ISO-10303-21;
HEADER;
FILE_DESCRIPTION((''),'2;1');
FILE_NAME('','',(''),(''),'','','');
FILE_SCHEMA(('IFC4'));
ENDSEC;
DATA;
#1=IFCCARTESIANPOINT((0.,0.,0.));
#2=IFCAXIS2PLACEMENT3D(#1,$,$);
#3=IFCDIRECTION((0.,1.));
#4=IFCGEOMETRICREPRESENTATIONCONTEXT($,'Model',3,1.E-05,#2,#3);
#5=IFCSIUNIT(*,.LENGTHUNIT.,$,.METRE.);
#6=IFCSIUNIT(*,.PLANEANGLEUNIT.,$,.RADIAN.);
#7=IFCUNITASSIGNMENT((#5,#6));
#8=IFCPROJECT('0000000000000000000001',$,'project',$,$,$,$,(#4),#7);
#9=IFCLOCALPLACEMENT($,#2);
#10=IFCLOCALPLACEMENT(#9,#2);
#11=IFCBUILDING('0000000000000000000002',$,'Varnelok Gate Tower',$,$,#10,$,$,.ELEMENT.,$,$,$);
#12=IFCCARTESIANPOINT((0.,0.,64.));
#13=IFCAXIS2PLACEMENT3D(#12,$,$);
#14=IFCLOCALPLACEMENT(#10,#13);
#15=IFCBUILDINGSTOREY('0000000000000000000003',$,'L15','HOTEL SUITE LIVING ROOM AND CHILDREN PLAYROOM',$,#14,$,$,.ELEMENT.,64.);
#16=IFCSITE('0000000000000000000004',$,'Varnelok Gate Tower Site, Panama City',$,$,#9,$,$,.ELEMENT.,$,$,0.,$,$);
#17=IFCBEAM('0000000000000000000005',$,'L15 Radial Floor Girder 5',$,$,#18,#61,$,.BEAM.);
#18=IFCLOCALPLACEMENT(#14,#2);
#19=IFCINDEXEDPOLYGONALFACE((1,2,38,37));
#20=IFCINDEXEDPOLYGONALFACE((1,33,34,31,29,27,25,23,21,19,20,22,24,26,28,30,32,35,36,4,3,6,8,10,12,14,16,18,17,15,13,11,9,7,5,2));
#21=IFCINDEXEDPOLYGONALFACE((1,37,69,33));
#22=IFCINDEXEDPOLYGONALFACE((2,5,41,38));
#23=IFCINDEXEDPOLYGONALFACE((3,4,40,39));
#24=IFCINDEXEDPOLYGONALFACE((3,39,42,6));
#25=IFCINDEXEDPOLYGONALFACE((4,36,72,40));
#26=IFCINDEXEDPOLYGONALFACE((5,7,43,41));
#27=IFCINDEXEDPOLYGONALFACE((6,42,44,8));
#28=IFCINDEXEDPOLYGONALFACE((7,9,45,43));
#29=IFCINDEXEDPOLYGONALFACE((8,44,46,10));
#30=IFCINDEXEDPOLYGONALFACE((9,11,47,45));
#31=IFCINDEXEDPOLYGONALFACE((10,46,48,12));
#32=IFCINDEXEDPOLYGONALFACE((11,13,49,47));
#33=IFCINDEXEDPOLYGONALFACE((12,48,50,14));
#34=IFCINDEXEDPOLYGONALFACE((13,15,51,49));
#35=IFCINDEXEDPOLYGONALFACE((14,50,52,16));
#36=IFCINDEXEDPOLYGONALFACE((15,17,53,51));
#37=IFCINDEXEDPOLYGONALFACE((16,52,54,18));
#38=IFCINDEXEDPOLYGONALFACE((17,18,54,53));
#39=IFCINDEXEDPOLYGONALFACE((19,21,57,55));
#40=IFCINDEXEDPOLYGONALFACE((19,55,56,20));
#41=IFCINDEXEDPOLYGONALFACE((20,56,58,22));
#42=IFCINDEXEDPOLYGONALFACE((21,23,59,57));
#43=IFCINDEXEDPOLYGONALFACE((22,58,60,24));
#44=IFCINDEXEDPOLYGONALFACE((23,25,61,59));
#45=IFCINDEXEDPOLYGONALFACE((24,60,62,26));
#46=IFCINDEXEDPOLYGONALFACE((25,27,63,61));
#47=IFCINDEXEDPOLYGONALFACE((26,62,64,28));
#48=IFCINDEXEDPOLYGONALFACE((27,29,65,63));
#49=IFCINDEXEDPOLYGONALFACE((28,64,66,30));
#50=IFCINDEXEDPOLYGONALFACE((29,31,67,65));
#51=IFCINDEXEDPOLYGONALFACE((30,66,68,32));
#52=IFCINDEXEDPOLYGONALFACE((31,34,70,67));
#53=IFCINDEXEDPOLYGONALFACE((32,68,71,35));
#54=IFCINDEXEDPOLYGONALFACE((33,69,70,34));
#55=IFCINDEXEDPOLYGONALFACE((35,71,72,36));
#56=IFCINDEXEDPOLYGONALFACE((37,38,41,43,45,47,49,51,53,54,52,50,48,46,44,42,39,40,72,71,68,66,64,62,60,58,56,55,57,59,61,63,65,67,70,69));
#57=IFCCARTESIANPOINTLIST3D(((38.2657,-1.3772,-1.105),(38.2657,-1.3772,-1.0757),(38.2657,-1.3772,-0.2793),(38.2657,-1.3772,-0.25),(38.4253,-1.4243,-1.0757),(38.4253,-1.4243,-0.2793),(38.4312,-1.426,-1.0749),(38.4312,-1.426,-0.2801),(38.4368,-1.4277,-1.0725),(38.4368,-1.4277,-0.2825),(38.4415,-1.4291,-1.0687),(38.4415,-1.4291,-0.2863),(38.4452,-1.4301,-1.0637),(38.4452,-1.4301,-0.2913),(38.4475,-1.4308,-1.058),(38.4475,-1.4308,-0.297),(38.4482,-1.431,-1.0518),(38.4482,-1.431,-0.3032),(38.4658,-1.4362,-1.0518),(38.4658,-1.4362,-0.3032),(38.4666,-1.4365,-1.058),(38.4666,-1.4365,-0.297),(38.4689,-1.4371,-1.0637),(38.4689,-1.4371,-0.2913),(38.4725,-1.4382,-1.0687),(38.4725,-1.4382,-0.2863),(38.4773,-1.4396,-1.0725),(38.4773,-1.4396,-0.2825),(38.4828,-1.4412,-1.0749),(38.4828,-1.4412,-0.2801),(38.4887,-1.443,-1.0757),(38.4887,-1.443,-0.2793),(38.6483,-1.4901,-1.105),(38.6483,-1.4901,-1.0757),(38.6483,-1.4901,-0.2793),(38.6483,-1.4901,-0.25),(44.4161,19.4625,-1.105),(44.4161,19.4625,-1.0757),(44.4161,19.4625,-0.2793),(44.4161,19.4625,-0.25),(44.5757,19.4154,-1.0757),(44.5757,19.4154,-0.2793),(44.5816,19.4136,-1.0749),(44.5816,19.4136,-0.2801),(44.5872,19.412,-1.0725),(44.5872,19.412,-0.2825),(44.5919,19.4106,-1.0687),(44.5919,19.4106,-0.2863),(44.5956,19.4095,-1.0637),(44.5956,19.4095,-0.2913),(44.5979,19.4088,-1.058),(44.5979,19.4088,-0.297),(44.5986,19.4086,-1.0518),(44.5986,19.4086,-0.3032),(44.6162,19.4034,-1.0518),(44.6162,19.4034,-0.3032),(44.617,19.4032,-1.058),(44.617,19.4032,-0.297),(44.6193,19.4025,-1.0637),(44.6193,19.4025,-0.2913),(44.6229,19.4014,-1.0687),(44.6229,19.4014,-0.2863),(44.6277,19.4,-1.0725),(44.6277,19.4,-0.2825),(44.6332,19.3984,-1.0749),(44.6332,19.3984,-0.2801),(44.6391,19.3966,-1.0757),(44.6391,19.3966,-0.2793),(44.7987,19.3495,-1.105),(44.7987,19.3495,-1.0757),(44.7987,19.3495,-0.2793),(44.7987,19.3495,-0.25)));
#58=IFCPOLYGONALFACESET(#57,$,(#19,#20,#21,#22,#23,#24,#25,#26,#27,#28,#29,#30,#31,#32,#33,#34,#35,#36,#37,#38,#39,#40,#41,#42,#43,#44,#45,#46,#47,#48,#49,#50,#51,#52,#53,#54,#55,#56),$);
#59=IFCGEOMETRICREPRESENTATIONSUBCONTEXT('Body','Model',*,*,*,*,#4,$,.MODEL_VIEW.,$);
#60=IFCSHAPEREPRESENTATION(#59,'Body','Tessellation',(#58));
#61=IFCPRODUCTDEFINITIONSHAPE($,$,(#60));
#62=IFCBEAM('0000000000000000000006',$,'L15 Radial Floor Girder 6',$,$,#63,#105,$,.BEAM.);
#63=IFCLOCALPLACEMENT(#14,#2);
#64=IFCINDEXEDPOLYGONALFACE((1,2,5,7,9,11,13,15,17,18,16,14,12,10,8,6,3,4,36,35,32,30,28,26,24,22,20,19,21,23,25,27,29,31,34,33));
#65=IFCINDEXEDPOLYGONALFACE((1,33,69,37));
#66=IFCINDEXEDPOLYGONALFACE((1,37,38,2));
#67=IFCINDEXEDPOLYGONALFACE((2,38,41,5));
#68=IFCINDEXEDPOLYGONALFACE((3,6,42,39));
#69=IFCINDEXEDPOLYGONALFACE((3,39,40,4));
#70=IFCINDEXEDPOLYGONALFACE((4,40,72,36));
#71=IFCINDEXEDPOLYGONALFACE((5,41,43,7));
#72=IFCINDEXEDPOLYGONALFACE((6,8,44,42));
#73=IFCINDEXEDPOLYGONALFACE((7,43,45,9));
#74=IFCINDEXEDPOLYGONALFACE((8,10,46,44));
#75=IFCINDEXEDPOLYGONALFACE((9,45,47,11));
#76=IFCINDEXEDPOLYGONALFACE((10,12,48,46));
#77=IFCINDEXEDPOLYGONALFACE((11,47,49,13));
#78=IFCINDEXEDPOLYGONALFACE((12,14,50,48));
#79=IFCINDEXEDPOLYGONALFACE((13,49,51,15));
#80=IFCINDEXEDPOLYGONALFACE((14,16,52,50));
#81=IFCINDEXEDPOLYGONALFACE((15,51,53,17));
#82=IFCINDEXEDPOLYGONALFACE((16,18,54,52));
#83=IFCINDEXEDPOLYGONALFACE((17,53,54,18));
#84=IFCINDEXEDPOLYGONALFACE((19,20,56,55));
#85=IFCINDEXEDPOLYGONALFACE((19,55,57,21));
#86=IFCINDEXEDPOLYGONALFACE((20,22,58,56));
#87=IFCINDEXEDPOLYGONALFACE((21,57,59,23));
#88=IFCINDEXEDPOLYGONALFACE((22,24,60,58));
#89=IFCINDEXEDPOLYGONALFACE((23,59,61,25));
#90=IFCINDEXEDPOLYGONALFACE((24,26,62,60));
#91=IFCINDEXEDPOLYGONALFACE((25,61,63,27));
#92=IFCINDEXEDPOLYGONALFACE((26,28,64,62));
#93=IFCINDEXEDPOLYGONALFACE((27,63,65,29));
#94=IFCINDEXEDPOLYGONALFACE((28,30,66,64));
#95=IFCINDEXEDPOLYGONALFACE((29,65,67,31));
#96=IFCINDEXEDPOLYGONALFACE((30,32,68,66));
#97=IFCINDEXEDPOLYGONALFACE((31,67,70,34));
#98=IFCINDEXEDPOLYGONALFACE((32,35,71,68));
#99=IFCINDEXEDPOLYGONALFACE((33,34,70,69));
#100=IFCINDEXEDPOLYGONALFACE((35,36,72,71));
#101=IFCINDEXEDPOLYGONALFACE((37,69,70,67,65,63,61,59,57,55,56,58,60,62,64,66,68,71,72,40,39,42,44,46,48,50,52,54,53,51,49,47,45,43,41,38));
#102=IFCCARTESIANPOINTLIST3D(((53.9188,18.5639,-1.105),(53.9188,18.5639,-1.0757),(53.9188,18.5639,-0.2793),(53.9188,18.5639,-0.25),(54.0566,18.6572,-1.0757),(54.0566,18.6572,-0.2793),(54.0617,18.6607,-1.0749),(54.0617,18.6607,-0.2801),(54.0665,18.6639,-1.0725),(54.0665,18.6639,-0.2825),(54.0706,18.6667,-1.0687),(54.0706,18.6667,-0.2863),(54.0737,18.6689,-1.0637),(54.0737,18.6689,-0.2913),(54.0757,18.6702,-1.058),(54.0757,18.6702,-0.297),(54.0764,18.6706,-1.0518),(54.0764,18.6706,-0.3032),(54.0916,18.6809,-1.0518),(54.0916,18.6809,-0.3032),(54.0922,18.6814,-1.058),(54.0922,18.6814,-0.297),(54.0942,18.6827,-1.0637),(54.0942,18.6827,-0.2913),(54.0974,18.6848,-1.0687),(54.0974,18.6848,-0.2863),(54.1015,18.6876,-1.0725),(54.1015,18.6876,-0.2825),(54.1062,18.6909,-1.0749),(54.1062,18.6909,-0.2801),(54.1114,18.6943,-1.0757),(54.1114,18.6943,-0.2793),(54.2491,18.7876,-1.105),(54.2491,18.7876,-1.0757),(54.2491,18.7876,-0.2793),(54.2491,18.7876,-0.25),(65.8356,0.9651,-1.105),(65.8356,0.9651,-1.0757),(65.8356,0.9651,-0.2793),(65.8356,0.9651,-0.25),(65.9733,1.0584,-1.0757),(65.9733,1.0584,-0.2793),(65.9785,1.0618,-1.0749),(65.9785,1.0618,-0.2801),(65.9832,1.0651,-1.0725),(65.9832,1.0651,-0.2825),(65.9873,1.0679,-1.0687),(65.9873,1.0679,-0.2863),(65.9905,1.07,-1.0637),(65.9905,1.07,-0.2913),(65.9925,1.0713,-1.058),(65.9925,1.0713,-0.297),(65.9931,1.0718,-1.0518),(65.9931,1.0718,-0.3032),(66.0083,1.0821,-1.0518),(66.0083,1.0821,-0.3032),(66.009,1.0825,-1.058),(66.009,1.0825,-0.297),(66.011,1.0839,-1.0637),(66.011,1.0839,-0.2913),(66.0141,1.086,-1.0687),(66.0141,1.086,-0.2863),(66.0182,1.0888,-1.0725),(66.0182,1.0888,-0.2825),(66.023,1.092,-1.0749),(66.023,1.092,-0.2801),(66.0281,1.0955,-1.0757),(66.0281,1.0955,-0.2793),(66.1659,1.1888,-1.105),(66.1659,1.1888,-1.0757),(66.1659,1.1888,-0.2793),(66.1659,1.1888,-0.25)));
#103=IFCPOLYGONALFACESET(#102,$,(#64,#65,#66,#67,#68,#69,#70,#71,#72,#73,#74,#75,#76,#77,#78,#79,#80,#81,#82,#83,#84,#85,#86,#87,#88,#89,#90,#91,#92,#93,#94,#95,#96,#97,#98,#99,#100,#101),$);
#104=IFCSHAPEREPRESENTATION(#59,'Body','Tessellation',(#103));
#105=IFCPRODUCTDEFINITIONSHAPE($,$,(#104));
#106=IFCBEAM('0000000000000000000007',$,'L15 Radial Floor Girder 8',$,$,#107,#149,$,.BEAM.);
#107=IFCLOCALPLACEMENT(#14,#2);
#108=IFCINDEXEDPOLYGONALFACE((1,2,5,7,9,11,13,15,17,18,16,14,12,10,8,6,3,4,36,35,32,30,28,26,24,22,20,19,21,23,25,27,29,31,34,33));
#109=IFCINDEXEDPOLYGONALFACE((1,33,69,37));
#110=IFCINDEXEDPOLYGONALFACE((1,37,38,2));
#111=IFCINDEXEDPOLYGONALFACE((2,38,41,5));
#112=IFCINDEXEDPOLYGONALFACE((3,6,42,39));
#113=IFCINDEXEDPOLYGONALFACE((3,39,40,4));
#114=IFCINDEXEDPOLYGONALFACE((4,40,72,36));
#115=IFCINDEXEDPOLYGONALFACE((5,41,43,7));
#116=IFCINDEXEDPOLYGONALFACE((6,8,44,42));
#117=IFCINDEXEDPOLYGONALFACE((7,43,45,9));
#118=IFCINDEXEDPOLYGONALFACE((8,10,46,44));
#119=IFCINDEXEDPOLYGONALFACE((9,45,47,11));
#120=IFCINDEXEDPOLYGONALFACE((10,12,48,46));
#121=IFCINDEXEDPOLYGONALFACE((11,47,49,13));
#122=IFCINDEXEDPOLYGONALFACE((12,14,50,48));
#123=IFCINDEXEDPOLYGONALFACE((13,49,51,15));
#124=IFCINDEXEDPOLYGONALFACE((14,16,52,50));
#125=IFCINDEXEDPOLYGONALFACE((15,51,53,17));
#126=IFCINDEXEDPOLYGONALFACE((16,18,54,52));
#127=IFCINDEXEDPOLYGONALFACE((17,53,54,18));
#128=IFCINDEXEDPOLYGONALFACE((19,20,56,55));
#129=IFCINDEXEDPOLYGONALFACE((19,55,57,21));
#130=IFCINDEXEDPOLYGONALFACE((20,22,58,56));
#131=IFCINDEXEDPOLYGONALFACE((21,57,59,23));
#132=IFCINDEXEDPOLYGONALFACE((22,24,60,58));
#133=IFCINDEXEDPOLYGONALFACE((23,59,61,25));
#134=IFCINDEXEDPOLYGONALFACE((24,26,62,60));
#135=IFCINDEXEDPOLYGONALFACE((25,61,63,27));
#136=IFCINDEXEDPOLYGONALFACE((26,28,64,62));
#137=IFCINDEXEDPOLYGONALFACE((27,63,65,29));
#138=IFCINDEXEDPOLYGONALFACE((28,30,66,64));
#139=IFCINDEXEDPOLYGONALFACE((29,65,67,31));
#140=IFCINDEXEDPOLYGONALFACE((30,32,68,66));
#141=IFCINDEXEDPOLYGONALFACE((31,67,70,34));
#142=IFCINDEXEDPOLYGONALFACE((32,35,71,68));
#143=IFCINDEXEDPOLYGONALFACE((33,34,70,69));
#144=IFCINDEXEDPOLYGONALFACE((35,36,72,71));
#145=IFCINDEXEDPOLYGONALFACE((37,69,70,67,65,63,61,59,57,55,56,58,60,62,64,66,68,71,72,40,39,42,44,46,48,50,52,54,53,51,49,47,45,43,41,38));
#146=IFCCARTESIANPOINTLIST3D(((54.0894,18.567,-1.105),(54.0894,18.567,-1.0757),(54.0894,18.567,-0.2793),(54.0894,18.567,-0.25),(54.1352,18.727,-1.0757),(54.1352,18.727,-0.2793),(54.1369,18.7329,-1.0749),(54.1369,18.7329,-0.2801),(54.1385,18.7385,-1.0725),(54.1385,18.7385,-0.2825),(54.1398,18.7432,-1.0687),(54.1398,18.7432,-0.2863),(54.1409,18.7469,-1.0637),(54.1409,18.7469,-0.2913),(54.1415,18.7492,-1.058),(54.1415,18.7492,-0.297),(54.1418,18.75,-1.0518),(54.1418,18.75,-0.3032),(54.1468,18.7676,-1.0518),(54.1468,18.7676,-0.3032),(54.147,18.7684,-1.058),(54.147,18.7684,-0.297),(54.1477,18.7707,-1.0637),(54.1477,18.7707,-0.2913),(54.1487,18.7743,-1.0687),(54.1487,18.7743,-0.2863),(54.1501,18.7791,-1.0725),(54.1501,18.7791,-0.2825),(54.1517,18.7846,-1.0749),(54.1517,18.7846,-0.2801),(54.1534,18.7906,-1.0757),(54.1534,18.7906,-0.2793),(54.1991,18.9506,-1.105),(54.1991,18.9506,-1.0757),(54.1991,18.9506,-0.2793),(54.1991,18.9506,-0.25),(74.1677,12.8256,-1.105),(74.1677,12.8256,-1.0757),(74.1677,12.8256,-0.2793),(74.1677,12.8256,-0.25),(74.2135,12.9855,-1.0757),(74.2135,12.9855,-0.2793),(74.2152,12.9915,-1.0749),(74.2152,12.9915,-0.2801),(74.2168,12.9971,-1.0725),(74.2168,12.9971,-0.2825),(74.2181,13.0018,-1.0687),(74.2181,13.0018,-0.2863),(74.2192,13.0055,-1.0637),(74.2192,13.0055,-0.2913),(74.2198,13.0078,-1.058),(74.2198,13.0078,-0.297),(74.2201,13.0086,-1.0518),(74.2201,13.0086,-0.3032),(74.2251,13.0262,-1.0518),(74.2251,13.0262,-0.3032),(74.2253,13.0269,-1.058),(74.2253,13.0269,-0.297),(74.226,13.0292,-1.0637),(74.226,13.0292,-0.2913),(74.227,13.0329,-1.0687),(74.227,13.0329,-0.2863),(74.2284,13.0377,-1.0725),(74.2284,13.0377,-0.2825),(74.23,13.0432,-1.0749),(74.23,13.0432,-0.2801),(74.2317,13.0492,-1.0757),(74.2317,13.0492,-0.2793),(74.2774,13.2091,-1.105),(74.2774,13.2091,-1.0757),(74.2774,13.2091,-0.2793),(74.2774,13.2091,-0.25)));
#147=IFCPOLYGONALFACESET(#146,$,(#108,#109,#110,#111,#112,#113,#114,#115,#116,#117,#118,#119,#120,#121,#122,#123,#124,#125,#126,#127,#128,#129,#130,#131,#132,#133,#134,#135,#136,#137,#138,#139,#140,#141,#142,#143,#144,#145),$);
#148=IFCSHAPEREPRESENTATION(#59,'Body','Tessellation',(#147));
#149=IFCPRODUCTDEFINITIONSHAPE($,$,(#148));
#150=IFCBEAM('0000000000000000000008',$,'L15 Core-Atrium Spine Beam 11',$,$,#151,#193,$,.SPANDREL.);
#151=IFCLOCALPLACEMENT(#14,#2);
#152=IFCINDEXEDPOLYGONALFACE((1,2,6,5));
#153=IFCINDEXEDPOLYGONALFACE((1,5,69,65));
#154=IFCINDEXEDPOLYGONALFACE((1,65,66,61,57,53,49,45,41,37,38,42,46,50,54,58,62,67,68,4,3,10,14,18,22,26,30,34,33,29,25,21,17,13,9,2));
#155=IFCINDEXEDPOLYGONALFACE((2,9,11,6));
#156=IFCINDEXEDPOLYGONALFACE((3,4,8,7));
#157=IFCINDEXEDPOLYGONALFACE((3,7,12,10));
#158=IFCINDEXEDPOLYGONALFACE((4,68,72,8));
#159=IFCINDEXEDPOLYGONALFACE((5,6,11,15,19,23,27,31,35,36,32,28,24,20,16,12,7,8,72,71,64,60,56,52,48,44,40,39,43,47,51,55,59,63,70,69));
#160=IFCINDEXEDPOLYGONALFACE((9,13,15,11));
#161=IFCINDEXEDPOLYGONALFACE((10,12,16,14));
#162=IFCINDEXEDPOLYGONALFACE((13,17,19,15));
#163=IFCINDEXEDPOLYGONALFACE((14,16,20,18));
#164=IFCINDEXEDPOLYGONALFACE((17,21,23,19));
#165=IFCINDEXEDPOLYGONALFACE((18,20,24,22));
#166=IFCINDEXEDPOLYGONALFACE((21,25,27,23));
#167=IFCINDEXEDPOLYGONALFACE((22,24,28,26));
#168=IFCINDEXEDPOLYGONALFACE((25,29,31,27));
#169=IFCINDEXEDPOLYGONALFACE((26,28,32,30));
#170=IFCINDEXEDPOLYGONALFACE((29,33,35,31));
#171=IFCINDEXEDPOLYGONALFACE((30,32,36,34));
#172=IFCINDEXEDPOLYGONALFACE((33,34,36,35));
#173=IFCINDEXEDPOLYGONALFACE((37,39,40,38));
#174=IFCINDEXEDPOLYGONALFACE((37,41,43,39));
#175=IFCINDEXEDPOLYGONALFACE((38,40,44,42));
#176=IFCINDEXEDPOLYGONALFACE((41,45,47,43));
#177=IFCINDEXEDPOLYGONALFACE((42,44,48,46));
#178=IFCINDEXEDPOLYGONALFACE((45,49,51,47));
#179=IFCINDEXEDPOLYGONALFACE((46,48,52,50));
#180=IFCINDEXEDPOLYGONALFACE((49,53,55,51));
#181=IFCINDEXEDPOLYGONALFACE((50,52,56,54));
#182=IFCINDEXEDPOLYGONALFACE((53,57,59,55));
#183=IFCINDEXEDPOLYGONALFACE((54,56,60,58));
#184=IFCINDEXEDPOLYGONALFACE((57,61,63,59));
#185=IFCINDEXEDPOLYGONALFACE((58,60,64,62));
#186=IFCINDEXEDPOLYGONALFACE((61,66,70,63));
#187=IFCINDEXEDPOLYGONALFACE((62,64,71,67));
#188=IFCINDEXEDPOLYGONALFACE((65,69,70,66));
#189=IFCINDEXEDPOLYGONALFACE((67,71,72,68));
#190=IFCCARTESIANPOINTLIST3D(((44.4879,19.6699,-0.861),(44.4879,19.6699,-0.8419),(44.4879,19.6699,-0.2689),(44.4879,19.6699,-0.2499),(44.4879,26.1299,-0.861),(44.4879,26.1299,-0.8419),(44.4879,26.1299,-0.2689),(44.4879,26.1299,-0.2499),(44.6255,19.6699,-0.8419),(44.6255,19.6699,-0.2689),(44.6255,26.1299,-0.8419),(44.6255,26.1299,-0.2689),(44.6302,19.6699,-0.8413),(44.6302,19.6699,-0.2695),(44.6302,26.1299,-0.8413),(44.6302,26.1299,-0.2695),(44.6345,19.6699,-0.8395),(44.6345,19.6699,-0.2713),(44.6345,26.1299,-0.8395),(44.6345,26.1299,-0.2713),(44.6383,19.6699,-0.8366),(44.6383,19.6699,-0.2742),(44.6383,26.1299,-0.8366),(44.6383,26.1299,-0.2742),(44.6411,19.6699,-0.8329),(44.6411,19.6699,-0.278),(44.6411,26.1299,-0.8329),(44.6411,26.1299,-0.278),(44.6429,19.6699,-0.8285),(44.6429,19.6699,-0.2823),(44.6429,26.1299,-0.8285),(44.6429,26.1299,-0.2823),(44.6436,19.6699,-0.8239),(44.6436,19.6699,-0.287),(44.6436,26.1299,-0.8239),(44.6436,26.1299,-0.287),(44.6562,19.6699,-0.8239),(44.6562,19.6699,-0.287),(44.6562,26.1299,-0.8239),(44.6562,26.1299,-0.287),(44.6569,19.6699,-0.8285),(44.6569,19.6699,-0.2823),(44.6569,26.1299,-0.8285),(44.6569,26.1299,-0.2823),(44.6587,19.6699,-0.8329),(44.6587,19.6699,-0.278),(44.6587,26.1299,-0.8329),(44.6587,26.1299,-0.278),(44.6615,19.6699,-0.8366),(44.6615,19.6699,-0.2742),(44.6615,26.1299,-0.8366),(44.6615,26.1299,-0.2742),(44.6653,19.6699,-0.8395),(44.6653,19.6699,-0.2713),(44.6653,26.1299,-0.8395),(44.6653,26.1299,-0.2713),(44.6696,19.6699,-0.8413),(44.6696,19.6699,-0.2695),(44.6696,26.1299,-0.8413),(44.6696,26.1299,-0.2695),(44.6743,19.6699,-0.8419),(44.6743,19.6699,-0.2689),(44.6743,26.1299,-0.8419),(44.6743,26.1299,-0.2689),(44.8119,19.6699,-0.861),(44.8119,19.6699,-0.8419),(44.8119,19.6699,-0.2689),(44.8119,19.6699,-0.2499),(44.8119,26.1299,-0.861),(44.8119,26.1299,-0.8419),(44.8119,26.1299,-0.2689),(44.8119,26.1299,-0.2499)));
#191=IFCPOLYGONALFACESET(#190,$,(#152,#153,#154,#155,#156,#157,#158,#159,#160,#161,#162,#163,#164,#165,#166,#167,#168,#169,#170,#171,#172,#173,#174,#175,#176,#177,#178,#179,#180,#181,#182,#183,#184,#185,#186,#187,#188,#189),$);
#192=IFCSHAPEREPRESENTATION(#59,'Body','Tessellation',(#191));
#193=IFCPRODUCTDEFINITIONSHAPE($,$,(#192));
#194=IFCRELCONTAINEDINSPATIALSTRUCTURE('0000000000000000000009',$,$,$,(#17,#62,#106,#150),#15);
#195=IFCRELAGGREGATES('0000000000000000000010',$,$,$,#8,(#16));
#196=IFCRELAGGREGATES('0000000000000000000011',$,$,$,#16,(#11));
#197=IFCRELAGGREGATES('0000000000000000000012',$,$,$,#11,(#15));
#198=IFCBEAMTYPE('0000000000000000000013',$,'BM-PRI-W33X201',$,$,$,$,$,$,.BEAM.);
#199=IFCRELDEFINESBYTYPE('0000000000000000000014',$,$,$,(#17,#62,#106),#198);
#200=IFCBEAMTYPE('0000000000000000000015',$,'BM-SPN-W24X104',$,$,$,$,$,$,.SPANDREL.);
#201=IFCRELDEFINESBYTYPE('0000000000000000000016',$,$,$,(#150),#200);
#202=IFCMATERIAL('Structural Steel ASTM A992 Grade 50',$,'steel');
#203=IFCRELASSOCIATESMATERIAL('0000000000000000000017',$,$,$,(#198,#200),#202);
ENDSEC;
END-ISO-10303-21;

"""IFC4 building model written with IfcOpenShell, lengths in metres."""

from ifc_helpers import new_model, si_unit, direction, frame, origin, origin_2d, place, context, subcontext, project, spatial, i_section, extrude, material, material_profile, profile_set, type_object, element, save


model = new_model("IFC4")

# Units and contexts
model_context = context("Model", 3, precision=1e-05, world=origin(), true_north=direction((0.0, 1.0)))
body_context = subcontext(model_context, "Body", "Model", "MODEL_VIEW")
ifc_project = project(units=[si_unit("LENGTHUNIT", "METRE"), si_unit("PLANEANGLEUNIT", "RADIAN")], contexts=[model_context])

# Site, building, storey
site_placement = place(None, origin())
site = spatial("IfcSite", under=ifc_project, at=site_placement, Name="Varnelok Gate Tower Site, Panama City", CompositionType="ELEMENT", RefElevation=0.0)
building_placement = place(site_placement, origin())
building = spatial("IfcBuilding", under=site, at=building_placement, Name="Varnelok Gate Tower", CompositionType="ELEMENT")
storey_placement = place(building_placement, frame((0.0, 0.0, 64.0)))
storey = spatial("IfcBuildingStorey", under=building, at=storey_placement, Name="L15", Description="HOTEL SUITE LIVING ROOM AND CHILDREN PLAYROOM", CompositionType="ELEMENT", Elevation=64.0)

# Shared definitions
ifc_material_1 = material(Name="Structural Steel ASTM A992 Grade 50", Category="steel")

# Beams
ifc_material_profile_1 = material_profile(ifc_material_1, i_section(OverallWidth=0.3989, OverallDepth=0.855, WebThickness=0.0183, FlangeThickness=0.0293, FilletRadius=0.0239, at=origin_2d()), Name="W33X201")
ifc_profile_set_1 = profile_set([ifc_material_profile_1], Name="Structural Steel ASTM A992 Grade 50")
beam_type_1 = type_object("IfcBeamType", Name="BM-PRI-W33X201", PredefinedType="BEAM", material=ifc_profile_set_1)
beam_1_placement = place(storey_placement, frame((44.6074, 19.406, -0.6775), z_axis=(-0.28306, -0.959102, 0.0), x_axis=(0.959102, -0.28306, 0.0)))
element("IfcBeam", 1, at=beam_1_placement, inside=storey, type_object=beam_type_1, Name="L15 Radial Floor Girder 5", PredefinedType="BEAM", context=body_context, shape_type="SweptSolid", body=[
    extrude(i_section(OverallWidth=0.3989, OverallDepth=0.855, WebThickness=0.0183, FlangeThickness=0.0293, FilletRadius=0.0239, at=origin_2d()), origin(), (0.0, 0.0, 1.0), 21.7283),
])
beam_2_placement = place(storey_placement, frame((54.084, 18.6758, -0.6775), z_axis=(0.560685, -0.828029, 0.0), x_axis=(0.828029, 0.560685, 0.0)))
element("IfcBeam", 2, at=beam_2_placement, inside=storey, type_object=beam_type_1, Name="L15 Radial Floor Girder 6", PredefinedType="BEAM", context=body_context, shape_type="SweptSolid", body=[
    extrude(i_section(OverallWidth=0.3989, OverallDepth=0.855, WebThickness=0.0183, FlangeThickness=0.0293, FilletRadius=0.0239, at=origin_2d()), origin(), (0.0, 0.0, 1.0), 21.2539),
])
beam_3_placement = place(storey_placement, frame((54.1443, 18.7588, -0.6775), z_axis=(0.961463, -0.274933, 0.0), x_axis=(0.274933, 0.961463, 0.0)))
element("IfcBeam", 3, at=beam_3_placement, inside=storey, type_object=beam_type_1, Name="L15 Radial Floor Girder 8", PredefinedType="BEAM", context=body_context, shape_type="SweptSolid", body=[
    extrude(i_section(OverallWidth=0.3989, OverallDepth=0.855, WebThickness=0.0183, FlangeThickness=0.0293, FilletRadius=0.0239, at=origin_2d()), origin(), (0.0, 0.0, 1.0), 20.8831),
])
ifc_material_profile_2 = material_profile(ifc_material_1, i_section(OverallWidth=0.324, OverallDepth=0.6111, WebThickness=0.0127, FlangeThickness=0.019, FilletRadius=0.0181, at=origin_2d()), Name="W24X104")
ifc_profile_set_2 = profile_set([ifc_material_profile_2], Name="Structural Steel ASTM A992 Grade 50")
beam_type_2 = type_object("IfcBeamType", Name="BM-SPN-W24X104", PredefinedType="SPANDREL", material=ifc_profile_set_2)
beam_4_placement = place(storey_placement, frame((44.6499, 19.6699, -0.5554), z_axis=(0.0, 1.0, 0.0), x_axis=(-1.0, 0.0, 0.0)))
element("IfcBeam", 4, at=beam_4_placement, inside=storey, type_object=beam_type_2, Name="L15 Core-Atrium Spine Beam 11", PredefinedType="SPANDREL", context=body_context, shape_type="SweptSolid", body=[
    extrude(i_section(OverallWidth=0.324, OverallDepth=0.6111, WebThickness=0.0127, FlangeThickness=0.019, FilletRadius=0.0181, at=origin_2d()), origin(), (0.0, 0.0, 1.0), 6.46),
])

save(model, "model.ifc")
